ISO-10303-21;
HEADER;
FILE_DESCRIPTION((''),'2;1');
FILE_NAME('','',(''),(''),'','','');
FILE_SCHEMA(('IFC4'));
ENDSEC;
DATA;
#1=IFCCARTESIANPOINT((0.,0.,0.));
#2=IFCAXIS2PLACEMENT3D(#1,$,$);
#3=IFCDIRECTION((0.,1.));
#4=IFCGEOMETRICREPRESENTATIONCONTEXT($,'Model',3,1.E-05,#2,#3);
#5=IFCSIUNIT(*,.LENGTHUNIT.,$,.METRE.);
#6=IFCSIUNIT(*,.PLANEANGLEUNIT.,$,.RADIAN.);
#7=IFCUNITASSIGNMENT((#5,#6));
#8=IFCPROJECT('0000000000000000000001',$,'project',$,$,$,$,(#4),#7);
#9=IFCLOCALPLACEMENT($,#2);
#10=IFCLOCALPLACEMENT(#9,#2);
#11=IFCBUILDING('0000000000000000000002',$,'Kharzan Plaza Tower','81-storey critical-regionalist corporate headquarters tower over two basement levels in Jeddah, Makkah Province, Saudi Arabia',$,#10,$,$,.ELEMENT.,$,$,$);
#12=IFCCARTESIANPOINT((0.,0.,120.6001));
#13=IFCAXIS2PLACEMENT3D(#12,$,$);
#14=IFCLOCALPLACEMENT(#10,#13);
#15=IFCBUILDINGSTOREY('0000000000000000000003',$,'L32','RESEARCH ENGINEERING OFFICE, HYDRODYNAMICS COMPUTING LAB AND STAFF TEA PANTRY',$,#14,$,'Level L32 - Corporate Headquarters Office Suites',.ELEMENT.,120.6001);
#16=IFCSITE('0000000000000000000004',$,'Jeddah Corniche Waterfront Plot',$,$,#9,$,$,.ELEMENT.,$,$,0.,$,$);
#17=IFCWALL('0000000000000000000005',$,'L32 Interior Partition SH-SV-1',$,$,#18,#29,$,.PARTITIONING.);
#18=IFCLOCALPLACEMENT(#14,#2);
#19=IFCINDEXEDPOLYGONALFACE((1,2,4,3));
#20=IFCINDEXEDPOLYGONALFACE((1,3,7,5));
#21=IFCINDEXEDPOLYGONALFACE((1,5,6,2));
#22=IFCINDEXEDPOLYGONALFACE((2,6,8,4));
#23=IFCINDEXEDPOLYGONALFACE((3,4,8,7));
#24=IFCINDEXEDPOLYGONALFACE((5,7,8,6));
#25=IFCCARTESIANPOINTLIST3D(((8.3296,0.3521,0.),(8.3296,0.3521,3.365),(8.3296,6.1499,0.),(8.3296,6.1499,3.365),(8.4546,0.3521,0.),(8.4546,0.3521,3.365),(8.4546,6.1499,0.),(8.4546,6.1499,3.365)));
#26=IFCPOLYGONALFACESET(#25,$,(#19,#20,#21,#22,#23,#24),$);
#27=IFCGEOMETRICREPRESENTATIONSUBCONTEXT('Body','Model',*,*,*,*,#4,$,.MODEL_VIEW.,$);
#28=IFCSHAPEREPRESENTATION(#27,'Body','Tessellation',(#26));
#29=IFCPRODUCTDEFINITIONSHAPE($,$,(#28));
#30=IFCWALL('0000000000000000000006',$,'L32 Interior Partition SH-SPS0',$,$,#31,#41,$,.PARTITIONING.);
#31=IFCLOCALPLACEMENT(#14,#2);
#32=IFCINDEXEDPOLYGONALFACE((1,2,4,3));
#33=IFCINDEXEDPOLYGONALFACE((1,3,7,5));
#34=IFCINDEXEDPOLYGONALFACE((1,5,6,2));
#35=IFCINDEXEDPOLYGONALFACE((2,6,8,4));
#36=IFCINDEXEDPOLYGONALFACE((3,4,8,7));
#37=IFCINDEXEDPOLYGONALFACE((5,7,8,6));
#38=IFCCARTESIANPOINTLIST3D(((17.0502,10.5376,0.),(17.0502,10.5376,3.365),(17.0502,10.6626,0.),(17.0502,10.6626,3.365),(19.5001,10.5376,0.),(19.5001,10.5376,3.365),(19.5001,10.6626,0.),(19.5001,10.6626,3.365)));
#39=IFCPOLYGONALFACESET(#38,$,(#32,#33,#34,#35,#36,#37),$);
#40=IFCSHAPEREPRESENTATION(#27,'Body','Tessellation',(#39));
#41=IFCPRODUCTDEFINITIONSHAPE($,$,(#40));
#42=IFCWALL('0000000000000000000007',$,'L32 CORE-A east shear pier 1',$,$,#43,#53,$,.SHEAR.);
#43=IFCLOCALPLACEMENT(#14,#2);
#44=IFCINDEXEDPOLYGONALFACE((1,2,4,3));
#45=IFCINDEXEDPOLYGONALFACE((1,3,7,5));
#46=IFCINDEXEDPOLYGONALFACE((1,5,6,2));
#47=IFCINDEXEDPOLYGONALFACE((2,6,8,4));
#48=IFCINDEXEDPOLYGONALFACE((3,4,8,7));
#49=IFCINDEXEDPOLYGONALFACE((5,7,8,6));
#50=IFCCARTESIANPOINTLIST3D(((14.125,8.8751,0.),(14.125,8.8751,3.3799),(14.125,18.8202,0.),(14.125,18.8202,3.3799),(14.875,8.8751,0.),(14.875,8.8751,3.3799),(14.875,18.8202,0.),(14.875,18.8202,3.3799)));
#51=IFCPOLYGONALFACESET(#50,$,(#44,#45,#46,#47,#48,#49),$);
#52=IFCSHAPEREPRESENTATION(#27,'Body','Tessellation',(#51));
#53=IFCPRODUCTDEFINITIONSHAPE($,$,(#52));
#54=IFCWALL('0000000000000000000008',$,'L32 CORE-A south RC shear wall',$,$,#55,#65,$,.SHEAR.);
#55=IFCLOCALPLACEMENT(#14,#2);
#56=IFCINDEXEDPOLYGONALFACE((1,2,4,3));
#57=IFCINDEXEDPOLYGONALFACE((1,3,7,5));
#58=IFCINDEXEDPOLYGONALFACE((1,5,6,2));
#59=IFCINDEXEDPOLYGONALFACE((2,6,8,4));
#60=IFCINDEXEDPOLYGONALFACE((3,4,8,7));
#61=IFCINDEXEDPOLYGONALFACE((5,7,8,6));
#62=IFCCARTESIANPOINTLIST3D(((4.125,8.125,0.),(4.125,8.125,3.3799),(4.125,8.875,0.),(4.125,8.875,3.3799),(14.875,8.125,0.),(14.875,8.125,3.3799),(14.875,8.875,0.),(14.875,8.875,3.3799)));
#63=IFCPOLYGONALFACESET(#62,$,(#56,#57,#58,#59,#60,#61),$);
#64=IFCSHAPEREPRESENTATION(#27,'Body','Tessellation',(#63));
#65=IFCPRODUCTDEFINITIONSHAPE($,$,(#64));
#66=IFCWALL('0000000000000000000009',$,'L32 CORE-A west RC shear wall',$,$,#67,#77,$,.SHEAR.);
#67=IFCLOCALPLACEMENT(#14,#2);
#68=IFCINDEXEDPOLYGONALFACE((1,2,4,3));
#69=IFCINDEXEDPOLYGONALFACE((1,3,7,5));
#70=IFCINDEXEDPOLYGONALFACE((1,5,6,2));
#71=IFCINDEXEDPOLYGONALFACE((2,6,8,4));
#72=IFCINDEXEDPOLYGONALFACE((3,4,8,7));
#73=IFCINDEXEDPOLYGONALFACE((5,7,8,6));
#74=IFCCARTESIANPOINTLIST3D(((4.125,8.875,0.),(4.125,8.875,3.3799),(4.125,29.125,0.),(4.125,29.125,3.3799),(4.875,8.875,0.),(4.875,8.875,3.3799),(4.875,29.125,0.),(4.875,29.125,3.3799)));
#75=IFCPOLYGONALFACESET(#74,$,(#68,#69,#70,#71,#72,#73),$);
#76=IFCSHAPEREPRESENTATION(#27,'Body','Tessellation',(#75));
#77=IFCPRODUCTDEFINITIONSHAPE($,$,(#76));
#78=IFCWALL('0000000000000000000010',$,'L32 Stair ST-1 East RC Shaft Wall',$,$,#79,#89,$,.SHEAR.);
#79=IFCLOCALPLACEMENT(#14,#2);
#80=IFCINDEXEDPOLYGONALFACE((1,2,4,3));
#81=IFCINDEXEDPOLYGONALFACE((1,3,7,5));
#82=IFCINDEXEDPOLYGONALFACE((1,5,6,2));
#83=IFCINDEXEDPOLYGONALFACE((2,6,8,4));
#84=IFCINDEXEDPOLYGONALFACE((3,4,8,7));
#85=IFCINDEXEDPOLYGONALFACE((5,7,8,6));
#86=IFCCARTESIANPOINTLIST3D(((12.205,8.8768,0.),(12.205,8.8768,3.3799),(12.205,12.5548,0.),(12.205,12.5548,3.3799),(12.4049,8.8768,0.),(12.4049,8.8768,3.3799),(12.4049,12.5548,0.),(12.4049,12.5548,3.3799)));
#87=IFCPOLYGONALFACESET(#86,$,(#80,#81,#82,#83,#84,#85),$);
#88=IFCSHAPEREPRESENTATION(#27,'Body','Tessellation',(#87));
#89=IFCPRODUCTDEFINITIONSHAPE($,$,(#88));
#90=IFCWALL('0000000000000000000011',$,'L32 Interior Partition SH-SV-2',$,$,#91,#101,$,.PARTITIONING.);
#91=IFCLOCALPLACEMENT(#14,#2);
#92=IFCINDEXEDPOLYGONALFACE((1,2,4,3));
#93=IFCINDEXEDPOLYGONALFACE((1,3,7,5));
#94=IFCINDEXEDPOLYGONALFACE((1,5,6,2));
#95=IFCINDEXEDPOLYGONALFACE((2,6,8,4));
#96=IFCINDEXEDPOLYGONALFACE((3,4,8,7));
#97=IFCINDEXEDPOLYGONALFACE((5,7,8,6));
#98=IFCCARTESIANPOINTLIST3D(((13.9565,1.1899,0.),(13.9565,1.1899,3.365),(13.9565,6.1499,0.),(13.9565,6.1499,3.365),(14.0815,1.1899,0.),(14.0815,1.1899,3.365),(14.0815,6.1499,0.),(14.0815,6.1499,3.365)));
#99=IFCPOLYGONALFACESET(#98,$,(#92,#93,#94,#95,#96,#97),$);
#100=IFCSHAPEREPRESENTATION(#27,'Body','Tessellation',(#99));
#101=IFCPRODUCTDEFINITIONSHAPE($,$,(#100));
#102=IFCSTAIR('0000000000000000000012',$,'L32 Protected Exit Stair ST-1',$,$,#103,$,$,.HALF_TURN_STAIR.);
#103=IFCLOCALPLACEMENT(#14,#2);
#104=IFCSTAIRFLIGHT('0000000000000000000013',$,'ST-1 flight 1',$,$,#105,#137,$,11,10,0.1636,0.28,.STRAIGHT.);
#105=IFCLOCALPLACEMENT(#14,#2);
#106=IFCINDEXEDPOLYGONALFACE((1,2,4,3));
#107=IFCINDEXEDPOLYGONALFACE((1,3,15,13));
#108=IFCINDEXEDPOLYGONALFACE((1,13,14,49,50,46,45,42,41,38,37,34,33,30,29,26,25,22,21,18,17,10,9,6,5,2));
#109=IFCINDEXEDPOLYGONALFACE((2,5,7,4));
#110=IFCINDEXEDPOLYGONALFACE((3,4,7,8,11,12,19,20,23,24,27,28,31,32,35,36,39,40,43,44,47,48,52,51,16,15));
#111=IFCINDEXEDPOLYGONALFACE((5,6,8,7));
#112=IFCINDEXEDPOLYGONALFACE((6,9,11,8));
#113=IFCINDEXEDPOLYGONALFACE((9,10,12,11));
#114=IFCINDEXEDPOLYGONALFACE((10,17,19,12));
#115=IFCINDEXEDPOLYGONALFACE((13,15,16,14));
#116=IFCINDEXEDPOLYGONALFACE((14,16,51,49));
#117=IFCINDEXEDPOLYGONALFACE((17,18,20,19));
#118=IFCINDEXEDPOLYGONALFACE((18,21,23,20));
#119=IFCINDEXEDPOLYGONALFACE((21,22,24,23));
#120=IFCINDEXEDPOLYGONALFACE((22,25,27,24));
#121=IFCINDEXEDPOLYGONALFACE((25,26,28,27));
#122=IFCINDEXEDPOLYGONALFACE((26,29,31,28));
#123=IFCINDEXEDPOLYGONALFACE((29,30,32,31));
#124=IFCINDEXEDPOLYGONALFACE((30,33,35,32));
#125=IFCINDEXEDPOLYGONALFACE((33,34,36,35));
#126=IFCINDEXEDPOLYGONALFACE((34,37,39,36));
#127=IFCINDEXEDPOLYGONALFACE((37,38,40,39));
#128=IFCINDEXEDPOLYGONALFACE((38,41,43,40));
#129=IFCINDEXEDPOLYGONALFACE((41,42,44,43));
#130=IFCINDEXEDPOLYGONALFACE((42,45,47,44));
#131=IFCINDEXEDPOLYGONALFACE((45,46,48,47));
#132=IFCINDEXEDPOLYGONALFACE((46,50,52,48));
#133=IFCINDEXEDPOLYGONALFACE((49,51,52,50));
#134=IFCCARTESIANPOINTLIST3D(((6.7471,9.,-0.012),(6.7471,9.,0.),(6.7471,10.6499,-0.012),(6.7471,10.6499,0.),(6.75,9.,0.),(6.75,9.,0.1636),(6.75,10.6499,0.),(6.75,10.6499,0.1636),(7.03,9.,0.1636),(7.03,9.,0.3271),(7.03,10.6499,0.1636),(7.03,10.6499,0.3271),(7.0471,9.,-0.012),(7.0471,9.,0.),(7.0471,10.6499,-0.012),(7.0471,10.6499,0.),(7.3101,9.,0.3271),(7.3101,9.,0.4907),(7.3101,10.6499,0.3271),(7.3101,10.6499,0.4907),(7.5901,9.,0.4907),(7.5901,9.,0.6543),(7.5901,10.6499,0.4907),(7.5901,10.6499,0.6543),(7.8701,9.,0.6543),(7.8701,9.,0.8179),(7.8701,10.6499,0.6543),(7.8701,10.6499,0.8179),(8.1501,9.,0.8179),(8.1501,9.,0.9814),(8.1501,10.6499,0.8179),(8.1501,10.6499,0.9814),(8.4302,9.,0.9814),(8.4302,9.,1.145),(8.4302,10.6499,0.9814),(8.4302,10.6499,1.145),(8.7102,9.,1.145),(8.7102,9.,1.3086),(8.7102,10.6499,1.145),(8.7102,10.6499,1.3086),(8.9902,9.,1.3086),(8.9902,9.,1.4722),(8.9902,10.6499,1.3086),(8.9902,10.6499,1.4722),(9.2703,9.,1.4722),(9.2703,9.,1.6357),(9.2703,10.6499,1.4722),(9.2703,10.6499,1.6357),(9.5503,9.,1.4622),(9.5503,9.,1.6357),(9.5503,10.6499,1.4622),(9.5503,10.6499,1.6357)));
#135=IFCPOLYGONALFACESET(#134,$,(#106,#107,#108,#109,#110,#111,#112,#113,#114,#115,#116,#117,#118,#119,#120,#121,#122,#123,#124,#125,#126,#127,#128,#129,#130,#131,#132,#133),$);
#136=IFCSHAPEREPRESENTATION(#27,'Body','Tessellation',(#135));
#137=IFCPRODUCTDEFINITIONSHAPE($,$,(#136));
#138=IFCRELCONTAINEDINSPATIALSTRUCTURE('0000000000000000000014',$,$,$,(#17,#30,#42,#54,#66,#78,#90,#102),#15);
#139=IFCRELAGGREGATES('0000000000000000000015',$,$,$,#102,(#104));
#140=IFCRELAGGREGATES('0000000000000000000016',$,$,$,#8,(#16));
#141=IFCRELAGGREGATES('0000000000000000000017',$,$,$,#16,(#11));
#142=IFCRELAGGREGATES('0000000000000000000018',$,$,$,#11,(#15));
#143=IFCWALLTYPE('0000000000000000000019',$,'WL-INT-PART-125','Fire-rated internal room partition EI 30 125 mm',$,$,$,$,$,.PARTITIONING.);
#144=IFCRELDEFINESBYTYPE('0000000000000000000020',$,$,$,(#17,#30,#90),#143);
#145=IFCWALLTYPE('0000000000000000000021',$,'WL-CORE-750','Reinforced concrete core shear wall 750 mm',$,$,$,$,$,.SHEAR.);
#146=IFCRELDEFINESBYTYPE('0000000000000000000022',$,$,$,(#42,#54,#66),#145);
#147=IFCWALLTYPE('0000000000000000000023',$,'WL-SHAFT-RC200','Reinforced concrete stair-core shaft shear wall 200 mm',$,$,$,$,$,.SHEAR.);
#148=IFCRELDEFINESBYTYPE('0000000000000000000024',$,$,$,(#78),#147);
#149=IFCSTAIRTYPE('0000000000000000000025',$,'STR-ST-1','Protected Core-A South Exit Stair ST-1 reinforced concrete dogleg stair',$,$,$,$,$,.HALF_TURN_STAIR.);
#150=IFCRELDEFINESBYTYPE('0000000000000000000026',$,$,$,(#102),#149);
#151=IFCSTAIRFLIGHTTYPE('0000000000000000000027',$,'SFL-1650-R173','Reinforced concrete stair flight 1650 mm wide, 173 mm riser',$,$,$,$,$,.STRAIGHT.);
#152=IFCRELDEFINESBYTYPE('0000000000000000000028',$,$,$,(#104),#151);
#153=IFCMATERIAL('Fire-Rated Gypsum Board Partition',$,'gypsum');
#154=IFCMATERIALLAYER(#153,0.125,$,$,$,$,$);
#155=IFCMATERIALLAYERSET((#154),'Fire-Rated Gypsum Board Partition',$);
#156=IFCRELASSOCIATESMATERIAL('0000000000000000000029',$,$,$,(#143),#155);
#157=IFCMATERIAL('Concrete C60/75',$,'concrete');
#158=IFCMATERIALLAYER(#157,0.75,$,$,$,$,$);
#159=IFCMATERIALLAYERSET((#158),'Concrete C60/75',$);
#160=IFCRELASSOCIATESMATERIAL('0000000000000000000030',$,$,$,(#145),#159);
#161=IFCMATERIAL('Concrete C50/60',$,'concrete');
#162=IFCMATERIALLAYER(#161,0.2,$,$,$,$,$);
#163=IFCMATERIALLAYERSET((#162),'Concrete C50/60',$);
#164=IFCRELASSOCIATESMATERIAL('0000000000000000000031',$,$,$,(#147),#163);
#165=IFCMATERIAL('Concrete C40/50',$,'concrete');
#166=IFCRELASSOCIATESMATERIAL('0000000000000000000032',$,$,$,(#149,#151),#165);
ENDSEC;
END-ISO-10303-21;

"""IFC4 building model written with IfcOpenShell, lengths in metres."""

from ifc_helpers import new_model, si_unit, direction, frame, frame_2d, origin, place, context, subcontext, project, spatial, polyline, rectangle, outline, extrude, source, transform, mapped, material, layer, layer_set, type_object, element, aggregate, save


model = new_model("IFC4")

# Units and contexts
model_context = context("Model", 3, precision=1e-05, world=origin(), true_north=direction((0.0, 1.0)))
body_context = subcontext(model_context, "Body", "Model", "MODEL_VIEW")
ifc_project = project(units=[si_unit("LENGTHUNIT", "METRE"), si_unit("PLANEANGLEUNIT", "RADIAN")], contexts=[model_context])

# Site, building, storey
site_placement = place(None, origin())
site = spatial("IfcSite", under=ifc_project, at=site_placement, Name="Jeddah Corniche Waterfront Plot", CompositionType="ELEMENT", RefElevation=0.0)
building_placement = place(site_placement, origin())
building = spatial("IfcBuilding", under=site, at=building_placement, Name="Kharzan Plaza Tower", Description="81-storey critical-regionalist corporate headquarters tower over two basement levels in Jeddah, Makkah Province, Saudi Arabia", CompositionType="ELEMENT")
storey_placement = place(building_placement, frame((0.0, 0.0, 120.6001)))
storey = spatial("IfcBuildingStorey", under=building, at=storey_placement, Name="L32", Description="RESEARCH ENGINEERING OFFICE, HYDRODYNAMICS COMPUTING LAB AND STAFF TEA PANTRY", LongName="Level L32 - Corporate Headquarters Office Suites", CompositionType="ELEMENT", Elevation=120.6001)

# Shared definitions
ifc_material_1 = material(Name="Concrete C60/75", Category="concrete")

# Shared definitions
ifc_material_2 = material(Name="Concrete C40/50", Category="concrete")

# Shared definitions
ifc_material_3 = material(Name="Fire-Rated Gypsum Board Partition", Category="gypsum")
ifc_layer_1 = layer(ifc_material_3, 0.125)
ifc_layer_set_1 = layer_set([ifc_layer_1], Name="Fire-Rated Gypsum Board Partition")
wall_type_1 = type_object("IfcWallType", Name="WL-INT-PART-125", Description="Fire-rated internal room partition EI 30 125 mm", PredefinedType="PARTITIONING", material=ifc_layer_set_1)

# Walls
shared_shape_1 = source(origin(), body_context, "Body", "SweptSolid", [
    extrude(rectangle(XDim=5.7979, YDim=0.125, at=frame_2d((2.8989, 0.0))), origin(), (0.0, 0.0, 1.0), 3.365),
])
wall_1_placement = place(storey_placement, frame((8.3921, 0.3521, 0.0), z_axis=(0.0, 0.0, 1.0), x_axis=(0.0, 1.0, 0.0)))
element("IfcWall", 1, at=wall_1_placement, inside=storey, type_object=wall_type_1, Name="L32 Interior Partition SH-SV-1", PredefinedType="PARTITIONING", context=body_context, shape_type="MappedRepresentation", body=[
    mapped(shared_shape_1, transform((0.0, 0.0, 0.0), x_axis=(1.0, 0.0, 0.0), y_axis=(0.0, 1.0, 0.0), z_axis=(0.0, 0.0, 1.0))),
])
shared_shape_2 = source(origin(), body_context, "Body", "SweptSolid", [
    extrude(rectangle(XDim=2.45, YDim=0.125, at=frame_2d((1.2251, 0.0))), origin(), (0.0, 0.0, 1.0), 3.365),
])
wall_2_placement = place(storey_placement, frame((17.05, 10.6001, 0.0), z_axis=(0.0, 0.0, 1.0), x_axis=(1.0, 0.0, 0.0)))
element("IfcWall", 2, at=wall_2_placement, inside=storey, type_object=wall_type_1, Name="L32 Interior Partition SH-SPS0", PredefinedType="PARTITIONING", context=body_context, shape_type="MappedRepresentation", body=[
    mapped(shared_shape_2, transform((0.0, 0.0, 0.0), x_axis=(1.0, 0.0, 0.0), y_axis=(0.0, 1.0, 0.0), z_axis=(0.0, 0.0, 1.0))),
])
ifc_layer_2 = layer(ifc_material_1, 0.75)
ifc_layer_set_2 = layer_set([ifc_layer_2], Name="Concrete C60/75")
wall_type_2 = type_object("IfcWallType", Name="WL-CORE-750", Description="Reinforced concrete core shear wall 750 mm", PredefinedType="SHEAR", material=ifc_layer_set_2)
shared_shape_3 = source(origin(), body_context, "Body", "SweptSolid", [
    extrude(rectangle(XDim=9.9451, YDim=0.75, at=frame_2d((4.9727, 0.0))), origin(), (0.0, 0.0, 1.0), 3.3799),
])
wall_3_placement = place(storey_placement, frame((14.5, 8.875, 0.0), z_axis=(0.0, 0.0, 1.0), x_axis=(0.0, 1.0, 0.0)))
element("IfcWall", 3, at=wall_3_placement, inside=storey, type_object=wall_type_2, Name="L32 CORE-A east shear pier 1", PredefinedType="SHEAR", context=body_context, shape_type="MappedRepresentation", body=[
    mapped(shared_shape_3, transform((0.0, 0.0, 0.0), x_axis=(1.0, 0.0, 0.0), y_axis=(0.0, 1.0, 0.0), z_axis=(0.0, 0.0, 1.0))),
])
shared_shape_4 = source(origin(), body_context, "Body", "SweptSolid", [
    extrude(rectangle(XDim=10.75, YDim=0.75, at=frame_2d((5.375, 0.0))), origin(), (0.0, 0.0, 1.0), 3.3799),
])
wall_4_placement = place(storey_placement, frame((4.125, 8.5, 0.0), z_axis=(0.0, 0.0, 1.0), x_axis=(1.0, 0.0, 0.0)))
element("IfcWall", 4, at=wall_4_placement, inside=storey, type_object=wall_type_2, Name="L32 CORE-A south RC shear wall", PredefinedType="SHEAR", context=body_context, shape_type="MappedRepresentation", body=[
    mapped(shared_shape_4, transform((0.0, 0.0, 0.0), x_axis=(1.0, 0.0, 0.0), y_axis=(0.0, 1.0, 0.0), z_axis=(0.0, 0.0, 1.0))),
])
shared_shape_5 = source(origin(), body_context, "Body", "SweptSolid", [
    extrude(rectangle(XDim=20.25, YDim=0.75, at=frame_2d((10.125, 0.0))), origin(), (0.0, 0.0, 1.0), 3.3799),
])
wall_5_placement = place(storey_placement, frame((4.5, 8.875, 0.0), z_axis=(0.0, 0.0, 1.0), x_axis=(0.0, 1.0, 0.0)))
element("IfcWall", 5, at=wall_5_placement, inside=storey, type_object=wall_type_2, Name="L32 CORE-A west RC shear wall", PredefinedType="SHEAR", context=body_context, shape_type="MappedRepresentation", body=[
    mapped(shared_shape_5, transform((0.0, 0.0, 0.0), x_axis=(1.0, 0.0, 0.0), y_axis=(0.0, 1.0, 0.0), z_axis=(0.0, 0.0, 1.0))),
])
ifc_material_4 = material(Name="Concrete C50/60", Category="concrete")
ifc_layer_3 = layer(ifc_material_4, 0.2)
ifc_layer_set_3 = layer_set([ifc_layer_3], Name="Concrete C50/60")
wall_type_3 = type_object("IfcWallType", Name="WL-SHAFT-RC200", Description="Reinforced concrete stair-core shaft shear wall 200 mm", PredefinedType="SHEAR", material=ifc_layer_set_3)
shared_shape_6 = source(origin(), body_context, "Body", "SweptSolid", [
    extrude(rectangle(XDim=3.678, YDim=0.2, at=frame_2d((1.8389, 0.0))), origin(), (0.0, 0.0, 1.0), 3.3799),
])
wall_6_placement = place(storey_placement, frame((12.3049, 8.877, 0.0), z_axis=(0.0, 0.0, 1.0), x_axis=(0.0, 1.0, 0.0)))
element("IfcWall", 6, at=wall_6_placement, inside=storey, type_object=wall_type_3, Name="L32 Stair ST-1 East RC Shaft Wall", PredefinedType="SHEAR", context=body_context, shape_type="MappedRepresentation", body=[
    mapped(shared_shape_6, transform((0.0, 0.0, 0.0), x_axis=(1.0, 0.0, 0.0), y_axis=(0.0, 1.0, 0.0), z_axis=(0.0, 0.0, 1.0))),
])
shared_shape_7 = source(origin(), body_context, "Body", "SweptSolid", [
    extrude(rectangle(XDim=4.96, YDim=0.125, at=frame_2d((2.48, 0.0))), origin(), (0.0, 0.0, 1.0), 3.365),
])
wall_7_placement = place(storey_placement, frame((14.019, 1.1899, 0.0), z_axis=(0.0, 0.0, 1.0), x_axis=(0.0, 1.0, 0.0)))
element("IfcWall", 7, at=wall_7_placement, inside=storey, type_object=wall_type_1, Name="L32 Interior Partition SH-SV-2", PredefinedType="PARTITIONING", context=body_context, shape_type="MappedRepresentation", body=[
    mapped(shared_shape_7, transform((0.0, 0.0, 0.0), x_axis=(1.0, 0.0, 0.0), y_axis=(0.0, 1.0, 0.0), z_axis=(0.0, 0.0, 1.0))),
])

# Stair, stair flight
stair_type = type_object("IfcStairType", Name="STR-ST-1", Description="Protected Core-A South Exit Stair ST-1 reinforced concrete dogleg stair", PredefinedType="HALF_TURN_STAIR", material=ifc_material_2)
stair_placement = place(storey_placement, origin())
stair = element("IfcStair", 8, at=stair_placement, inside=storey, type_object=stair_type, Name="L32 Protected Exit Stair ST-1", PredefinedType="HALF_TURN_STAIR")
stair_flight_type = type_object("IfcStairFlightType", Name="SFL-1650-R173", Description="Reinforced concrete stair flight 1650 mm wide, 173 mm riser", PredefinedType="STRAIGHT", material=ifc_material_2)
shared_shape_8 = source(origin(), body_context, "Body", "SweptSolid", [
    extrude(outline(polyline([(-0.0029, -0.012), (-0.0029, 0.0), (0.0, 0.0), (0.0, 0.1636), (0.28, 0.1636), (0.28, 0.3271), (0.5601, 0.3271), (0.5601, 0.4907), (0.8401, 0.4907), (0.8401, 0.6543), (1.1201, 0.6543), (1.1201, 0.8179), (1.4001, 0.8179), (1.4001, 0.9814), (1.6802, 0.9814), (1.6802, 1.145), (1.9602, 1.145), (1.9602, 1.3086), (2.2402, 1.3086), (2.2402, 1.4722), (2.5203, 1.4722), (2.5203, 1.6357), (2.8003, 1.6357), (2.8003, 1.7993), (2.8003, 1.4622), (0.2971, 0.0), (0.2971, -0.012), (-0.0029, -0.012)])), frame((0.0, 0.825, 0.0), z_axis=(0.0, -1.0, 0.0), x_axis=(1.0, 0.0, 0.0)), (0.0, 0.0, 1.0), 1.6499),
])
stair_flight_placement = place(storey_placement, frame((6.75, 9.825, 0.0), z_axis=(0.0, 0.0, 1.0), x_axis=(1.0, 0.0, 0.0)))
stair_flight = element("IfcStairFlight", 9, at=stair_flight_placement, type_object=stair_flight_type, Name="ST-1 flight 1", NumberOfRisers=11, NumberOfTreads=10, PredefinedType="STRAIGHT", RiserHeight=0.1636, TreadLength=0.28, context=body_context, shape_type="MappedRepresentation", body=[
    mapped(shared_shape_8, transform((0.0, 0.0, 0.0), x_axis=(1.0, 0.0, 0.0), y_axis=(0.0, 1.0, 0.0), z_axis=(0.0, 0.0, 1.0))),
])
aggregate(stair, [stair_flight])

save(model, "model.ifc")
